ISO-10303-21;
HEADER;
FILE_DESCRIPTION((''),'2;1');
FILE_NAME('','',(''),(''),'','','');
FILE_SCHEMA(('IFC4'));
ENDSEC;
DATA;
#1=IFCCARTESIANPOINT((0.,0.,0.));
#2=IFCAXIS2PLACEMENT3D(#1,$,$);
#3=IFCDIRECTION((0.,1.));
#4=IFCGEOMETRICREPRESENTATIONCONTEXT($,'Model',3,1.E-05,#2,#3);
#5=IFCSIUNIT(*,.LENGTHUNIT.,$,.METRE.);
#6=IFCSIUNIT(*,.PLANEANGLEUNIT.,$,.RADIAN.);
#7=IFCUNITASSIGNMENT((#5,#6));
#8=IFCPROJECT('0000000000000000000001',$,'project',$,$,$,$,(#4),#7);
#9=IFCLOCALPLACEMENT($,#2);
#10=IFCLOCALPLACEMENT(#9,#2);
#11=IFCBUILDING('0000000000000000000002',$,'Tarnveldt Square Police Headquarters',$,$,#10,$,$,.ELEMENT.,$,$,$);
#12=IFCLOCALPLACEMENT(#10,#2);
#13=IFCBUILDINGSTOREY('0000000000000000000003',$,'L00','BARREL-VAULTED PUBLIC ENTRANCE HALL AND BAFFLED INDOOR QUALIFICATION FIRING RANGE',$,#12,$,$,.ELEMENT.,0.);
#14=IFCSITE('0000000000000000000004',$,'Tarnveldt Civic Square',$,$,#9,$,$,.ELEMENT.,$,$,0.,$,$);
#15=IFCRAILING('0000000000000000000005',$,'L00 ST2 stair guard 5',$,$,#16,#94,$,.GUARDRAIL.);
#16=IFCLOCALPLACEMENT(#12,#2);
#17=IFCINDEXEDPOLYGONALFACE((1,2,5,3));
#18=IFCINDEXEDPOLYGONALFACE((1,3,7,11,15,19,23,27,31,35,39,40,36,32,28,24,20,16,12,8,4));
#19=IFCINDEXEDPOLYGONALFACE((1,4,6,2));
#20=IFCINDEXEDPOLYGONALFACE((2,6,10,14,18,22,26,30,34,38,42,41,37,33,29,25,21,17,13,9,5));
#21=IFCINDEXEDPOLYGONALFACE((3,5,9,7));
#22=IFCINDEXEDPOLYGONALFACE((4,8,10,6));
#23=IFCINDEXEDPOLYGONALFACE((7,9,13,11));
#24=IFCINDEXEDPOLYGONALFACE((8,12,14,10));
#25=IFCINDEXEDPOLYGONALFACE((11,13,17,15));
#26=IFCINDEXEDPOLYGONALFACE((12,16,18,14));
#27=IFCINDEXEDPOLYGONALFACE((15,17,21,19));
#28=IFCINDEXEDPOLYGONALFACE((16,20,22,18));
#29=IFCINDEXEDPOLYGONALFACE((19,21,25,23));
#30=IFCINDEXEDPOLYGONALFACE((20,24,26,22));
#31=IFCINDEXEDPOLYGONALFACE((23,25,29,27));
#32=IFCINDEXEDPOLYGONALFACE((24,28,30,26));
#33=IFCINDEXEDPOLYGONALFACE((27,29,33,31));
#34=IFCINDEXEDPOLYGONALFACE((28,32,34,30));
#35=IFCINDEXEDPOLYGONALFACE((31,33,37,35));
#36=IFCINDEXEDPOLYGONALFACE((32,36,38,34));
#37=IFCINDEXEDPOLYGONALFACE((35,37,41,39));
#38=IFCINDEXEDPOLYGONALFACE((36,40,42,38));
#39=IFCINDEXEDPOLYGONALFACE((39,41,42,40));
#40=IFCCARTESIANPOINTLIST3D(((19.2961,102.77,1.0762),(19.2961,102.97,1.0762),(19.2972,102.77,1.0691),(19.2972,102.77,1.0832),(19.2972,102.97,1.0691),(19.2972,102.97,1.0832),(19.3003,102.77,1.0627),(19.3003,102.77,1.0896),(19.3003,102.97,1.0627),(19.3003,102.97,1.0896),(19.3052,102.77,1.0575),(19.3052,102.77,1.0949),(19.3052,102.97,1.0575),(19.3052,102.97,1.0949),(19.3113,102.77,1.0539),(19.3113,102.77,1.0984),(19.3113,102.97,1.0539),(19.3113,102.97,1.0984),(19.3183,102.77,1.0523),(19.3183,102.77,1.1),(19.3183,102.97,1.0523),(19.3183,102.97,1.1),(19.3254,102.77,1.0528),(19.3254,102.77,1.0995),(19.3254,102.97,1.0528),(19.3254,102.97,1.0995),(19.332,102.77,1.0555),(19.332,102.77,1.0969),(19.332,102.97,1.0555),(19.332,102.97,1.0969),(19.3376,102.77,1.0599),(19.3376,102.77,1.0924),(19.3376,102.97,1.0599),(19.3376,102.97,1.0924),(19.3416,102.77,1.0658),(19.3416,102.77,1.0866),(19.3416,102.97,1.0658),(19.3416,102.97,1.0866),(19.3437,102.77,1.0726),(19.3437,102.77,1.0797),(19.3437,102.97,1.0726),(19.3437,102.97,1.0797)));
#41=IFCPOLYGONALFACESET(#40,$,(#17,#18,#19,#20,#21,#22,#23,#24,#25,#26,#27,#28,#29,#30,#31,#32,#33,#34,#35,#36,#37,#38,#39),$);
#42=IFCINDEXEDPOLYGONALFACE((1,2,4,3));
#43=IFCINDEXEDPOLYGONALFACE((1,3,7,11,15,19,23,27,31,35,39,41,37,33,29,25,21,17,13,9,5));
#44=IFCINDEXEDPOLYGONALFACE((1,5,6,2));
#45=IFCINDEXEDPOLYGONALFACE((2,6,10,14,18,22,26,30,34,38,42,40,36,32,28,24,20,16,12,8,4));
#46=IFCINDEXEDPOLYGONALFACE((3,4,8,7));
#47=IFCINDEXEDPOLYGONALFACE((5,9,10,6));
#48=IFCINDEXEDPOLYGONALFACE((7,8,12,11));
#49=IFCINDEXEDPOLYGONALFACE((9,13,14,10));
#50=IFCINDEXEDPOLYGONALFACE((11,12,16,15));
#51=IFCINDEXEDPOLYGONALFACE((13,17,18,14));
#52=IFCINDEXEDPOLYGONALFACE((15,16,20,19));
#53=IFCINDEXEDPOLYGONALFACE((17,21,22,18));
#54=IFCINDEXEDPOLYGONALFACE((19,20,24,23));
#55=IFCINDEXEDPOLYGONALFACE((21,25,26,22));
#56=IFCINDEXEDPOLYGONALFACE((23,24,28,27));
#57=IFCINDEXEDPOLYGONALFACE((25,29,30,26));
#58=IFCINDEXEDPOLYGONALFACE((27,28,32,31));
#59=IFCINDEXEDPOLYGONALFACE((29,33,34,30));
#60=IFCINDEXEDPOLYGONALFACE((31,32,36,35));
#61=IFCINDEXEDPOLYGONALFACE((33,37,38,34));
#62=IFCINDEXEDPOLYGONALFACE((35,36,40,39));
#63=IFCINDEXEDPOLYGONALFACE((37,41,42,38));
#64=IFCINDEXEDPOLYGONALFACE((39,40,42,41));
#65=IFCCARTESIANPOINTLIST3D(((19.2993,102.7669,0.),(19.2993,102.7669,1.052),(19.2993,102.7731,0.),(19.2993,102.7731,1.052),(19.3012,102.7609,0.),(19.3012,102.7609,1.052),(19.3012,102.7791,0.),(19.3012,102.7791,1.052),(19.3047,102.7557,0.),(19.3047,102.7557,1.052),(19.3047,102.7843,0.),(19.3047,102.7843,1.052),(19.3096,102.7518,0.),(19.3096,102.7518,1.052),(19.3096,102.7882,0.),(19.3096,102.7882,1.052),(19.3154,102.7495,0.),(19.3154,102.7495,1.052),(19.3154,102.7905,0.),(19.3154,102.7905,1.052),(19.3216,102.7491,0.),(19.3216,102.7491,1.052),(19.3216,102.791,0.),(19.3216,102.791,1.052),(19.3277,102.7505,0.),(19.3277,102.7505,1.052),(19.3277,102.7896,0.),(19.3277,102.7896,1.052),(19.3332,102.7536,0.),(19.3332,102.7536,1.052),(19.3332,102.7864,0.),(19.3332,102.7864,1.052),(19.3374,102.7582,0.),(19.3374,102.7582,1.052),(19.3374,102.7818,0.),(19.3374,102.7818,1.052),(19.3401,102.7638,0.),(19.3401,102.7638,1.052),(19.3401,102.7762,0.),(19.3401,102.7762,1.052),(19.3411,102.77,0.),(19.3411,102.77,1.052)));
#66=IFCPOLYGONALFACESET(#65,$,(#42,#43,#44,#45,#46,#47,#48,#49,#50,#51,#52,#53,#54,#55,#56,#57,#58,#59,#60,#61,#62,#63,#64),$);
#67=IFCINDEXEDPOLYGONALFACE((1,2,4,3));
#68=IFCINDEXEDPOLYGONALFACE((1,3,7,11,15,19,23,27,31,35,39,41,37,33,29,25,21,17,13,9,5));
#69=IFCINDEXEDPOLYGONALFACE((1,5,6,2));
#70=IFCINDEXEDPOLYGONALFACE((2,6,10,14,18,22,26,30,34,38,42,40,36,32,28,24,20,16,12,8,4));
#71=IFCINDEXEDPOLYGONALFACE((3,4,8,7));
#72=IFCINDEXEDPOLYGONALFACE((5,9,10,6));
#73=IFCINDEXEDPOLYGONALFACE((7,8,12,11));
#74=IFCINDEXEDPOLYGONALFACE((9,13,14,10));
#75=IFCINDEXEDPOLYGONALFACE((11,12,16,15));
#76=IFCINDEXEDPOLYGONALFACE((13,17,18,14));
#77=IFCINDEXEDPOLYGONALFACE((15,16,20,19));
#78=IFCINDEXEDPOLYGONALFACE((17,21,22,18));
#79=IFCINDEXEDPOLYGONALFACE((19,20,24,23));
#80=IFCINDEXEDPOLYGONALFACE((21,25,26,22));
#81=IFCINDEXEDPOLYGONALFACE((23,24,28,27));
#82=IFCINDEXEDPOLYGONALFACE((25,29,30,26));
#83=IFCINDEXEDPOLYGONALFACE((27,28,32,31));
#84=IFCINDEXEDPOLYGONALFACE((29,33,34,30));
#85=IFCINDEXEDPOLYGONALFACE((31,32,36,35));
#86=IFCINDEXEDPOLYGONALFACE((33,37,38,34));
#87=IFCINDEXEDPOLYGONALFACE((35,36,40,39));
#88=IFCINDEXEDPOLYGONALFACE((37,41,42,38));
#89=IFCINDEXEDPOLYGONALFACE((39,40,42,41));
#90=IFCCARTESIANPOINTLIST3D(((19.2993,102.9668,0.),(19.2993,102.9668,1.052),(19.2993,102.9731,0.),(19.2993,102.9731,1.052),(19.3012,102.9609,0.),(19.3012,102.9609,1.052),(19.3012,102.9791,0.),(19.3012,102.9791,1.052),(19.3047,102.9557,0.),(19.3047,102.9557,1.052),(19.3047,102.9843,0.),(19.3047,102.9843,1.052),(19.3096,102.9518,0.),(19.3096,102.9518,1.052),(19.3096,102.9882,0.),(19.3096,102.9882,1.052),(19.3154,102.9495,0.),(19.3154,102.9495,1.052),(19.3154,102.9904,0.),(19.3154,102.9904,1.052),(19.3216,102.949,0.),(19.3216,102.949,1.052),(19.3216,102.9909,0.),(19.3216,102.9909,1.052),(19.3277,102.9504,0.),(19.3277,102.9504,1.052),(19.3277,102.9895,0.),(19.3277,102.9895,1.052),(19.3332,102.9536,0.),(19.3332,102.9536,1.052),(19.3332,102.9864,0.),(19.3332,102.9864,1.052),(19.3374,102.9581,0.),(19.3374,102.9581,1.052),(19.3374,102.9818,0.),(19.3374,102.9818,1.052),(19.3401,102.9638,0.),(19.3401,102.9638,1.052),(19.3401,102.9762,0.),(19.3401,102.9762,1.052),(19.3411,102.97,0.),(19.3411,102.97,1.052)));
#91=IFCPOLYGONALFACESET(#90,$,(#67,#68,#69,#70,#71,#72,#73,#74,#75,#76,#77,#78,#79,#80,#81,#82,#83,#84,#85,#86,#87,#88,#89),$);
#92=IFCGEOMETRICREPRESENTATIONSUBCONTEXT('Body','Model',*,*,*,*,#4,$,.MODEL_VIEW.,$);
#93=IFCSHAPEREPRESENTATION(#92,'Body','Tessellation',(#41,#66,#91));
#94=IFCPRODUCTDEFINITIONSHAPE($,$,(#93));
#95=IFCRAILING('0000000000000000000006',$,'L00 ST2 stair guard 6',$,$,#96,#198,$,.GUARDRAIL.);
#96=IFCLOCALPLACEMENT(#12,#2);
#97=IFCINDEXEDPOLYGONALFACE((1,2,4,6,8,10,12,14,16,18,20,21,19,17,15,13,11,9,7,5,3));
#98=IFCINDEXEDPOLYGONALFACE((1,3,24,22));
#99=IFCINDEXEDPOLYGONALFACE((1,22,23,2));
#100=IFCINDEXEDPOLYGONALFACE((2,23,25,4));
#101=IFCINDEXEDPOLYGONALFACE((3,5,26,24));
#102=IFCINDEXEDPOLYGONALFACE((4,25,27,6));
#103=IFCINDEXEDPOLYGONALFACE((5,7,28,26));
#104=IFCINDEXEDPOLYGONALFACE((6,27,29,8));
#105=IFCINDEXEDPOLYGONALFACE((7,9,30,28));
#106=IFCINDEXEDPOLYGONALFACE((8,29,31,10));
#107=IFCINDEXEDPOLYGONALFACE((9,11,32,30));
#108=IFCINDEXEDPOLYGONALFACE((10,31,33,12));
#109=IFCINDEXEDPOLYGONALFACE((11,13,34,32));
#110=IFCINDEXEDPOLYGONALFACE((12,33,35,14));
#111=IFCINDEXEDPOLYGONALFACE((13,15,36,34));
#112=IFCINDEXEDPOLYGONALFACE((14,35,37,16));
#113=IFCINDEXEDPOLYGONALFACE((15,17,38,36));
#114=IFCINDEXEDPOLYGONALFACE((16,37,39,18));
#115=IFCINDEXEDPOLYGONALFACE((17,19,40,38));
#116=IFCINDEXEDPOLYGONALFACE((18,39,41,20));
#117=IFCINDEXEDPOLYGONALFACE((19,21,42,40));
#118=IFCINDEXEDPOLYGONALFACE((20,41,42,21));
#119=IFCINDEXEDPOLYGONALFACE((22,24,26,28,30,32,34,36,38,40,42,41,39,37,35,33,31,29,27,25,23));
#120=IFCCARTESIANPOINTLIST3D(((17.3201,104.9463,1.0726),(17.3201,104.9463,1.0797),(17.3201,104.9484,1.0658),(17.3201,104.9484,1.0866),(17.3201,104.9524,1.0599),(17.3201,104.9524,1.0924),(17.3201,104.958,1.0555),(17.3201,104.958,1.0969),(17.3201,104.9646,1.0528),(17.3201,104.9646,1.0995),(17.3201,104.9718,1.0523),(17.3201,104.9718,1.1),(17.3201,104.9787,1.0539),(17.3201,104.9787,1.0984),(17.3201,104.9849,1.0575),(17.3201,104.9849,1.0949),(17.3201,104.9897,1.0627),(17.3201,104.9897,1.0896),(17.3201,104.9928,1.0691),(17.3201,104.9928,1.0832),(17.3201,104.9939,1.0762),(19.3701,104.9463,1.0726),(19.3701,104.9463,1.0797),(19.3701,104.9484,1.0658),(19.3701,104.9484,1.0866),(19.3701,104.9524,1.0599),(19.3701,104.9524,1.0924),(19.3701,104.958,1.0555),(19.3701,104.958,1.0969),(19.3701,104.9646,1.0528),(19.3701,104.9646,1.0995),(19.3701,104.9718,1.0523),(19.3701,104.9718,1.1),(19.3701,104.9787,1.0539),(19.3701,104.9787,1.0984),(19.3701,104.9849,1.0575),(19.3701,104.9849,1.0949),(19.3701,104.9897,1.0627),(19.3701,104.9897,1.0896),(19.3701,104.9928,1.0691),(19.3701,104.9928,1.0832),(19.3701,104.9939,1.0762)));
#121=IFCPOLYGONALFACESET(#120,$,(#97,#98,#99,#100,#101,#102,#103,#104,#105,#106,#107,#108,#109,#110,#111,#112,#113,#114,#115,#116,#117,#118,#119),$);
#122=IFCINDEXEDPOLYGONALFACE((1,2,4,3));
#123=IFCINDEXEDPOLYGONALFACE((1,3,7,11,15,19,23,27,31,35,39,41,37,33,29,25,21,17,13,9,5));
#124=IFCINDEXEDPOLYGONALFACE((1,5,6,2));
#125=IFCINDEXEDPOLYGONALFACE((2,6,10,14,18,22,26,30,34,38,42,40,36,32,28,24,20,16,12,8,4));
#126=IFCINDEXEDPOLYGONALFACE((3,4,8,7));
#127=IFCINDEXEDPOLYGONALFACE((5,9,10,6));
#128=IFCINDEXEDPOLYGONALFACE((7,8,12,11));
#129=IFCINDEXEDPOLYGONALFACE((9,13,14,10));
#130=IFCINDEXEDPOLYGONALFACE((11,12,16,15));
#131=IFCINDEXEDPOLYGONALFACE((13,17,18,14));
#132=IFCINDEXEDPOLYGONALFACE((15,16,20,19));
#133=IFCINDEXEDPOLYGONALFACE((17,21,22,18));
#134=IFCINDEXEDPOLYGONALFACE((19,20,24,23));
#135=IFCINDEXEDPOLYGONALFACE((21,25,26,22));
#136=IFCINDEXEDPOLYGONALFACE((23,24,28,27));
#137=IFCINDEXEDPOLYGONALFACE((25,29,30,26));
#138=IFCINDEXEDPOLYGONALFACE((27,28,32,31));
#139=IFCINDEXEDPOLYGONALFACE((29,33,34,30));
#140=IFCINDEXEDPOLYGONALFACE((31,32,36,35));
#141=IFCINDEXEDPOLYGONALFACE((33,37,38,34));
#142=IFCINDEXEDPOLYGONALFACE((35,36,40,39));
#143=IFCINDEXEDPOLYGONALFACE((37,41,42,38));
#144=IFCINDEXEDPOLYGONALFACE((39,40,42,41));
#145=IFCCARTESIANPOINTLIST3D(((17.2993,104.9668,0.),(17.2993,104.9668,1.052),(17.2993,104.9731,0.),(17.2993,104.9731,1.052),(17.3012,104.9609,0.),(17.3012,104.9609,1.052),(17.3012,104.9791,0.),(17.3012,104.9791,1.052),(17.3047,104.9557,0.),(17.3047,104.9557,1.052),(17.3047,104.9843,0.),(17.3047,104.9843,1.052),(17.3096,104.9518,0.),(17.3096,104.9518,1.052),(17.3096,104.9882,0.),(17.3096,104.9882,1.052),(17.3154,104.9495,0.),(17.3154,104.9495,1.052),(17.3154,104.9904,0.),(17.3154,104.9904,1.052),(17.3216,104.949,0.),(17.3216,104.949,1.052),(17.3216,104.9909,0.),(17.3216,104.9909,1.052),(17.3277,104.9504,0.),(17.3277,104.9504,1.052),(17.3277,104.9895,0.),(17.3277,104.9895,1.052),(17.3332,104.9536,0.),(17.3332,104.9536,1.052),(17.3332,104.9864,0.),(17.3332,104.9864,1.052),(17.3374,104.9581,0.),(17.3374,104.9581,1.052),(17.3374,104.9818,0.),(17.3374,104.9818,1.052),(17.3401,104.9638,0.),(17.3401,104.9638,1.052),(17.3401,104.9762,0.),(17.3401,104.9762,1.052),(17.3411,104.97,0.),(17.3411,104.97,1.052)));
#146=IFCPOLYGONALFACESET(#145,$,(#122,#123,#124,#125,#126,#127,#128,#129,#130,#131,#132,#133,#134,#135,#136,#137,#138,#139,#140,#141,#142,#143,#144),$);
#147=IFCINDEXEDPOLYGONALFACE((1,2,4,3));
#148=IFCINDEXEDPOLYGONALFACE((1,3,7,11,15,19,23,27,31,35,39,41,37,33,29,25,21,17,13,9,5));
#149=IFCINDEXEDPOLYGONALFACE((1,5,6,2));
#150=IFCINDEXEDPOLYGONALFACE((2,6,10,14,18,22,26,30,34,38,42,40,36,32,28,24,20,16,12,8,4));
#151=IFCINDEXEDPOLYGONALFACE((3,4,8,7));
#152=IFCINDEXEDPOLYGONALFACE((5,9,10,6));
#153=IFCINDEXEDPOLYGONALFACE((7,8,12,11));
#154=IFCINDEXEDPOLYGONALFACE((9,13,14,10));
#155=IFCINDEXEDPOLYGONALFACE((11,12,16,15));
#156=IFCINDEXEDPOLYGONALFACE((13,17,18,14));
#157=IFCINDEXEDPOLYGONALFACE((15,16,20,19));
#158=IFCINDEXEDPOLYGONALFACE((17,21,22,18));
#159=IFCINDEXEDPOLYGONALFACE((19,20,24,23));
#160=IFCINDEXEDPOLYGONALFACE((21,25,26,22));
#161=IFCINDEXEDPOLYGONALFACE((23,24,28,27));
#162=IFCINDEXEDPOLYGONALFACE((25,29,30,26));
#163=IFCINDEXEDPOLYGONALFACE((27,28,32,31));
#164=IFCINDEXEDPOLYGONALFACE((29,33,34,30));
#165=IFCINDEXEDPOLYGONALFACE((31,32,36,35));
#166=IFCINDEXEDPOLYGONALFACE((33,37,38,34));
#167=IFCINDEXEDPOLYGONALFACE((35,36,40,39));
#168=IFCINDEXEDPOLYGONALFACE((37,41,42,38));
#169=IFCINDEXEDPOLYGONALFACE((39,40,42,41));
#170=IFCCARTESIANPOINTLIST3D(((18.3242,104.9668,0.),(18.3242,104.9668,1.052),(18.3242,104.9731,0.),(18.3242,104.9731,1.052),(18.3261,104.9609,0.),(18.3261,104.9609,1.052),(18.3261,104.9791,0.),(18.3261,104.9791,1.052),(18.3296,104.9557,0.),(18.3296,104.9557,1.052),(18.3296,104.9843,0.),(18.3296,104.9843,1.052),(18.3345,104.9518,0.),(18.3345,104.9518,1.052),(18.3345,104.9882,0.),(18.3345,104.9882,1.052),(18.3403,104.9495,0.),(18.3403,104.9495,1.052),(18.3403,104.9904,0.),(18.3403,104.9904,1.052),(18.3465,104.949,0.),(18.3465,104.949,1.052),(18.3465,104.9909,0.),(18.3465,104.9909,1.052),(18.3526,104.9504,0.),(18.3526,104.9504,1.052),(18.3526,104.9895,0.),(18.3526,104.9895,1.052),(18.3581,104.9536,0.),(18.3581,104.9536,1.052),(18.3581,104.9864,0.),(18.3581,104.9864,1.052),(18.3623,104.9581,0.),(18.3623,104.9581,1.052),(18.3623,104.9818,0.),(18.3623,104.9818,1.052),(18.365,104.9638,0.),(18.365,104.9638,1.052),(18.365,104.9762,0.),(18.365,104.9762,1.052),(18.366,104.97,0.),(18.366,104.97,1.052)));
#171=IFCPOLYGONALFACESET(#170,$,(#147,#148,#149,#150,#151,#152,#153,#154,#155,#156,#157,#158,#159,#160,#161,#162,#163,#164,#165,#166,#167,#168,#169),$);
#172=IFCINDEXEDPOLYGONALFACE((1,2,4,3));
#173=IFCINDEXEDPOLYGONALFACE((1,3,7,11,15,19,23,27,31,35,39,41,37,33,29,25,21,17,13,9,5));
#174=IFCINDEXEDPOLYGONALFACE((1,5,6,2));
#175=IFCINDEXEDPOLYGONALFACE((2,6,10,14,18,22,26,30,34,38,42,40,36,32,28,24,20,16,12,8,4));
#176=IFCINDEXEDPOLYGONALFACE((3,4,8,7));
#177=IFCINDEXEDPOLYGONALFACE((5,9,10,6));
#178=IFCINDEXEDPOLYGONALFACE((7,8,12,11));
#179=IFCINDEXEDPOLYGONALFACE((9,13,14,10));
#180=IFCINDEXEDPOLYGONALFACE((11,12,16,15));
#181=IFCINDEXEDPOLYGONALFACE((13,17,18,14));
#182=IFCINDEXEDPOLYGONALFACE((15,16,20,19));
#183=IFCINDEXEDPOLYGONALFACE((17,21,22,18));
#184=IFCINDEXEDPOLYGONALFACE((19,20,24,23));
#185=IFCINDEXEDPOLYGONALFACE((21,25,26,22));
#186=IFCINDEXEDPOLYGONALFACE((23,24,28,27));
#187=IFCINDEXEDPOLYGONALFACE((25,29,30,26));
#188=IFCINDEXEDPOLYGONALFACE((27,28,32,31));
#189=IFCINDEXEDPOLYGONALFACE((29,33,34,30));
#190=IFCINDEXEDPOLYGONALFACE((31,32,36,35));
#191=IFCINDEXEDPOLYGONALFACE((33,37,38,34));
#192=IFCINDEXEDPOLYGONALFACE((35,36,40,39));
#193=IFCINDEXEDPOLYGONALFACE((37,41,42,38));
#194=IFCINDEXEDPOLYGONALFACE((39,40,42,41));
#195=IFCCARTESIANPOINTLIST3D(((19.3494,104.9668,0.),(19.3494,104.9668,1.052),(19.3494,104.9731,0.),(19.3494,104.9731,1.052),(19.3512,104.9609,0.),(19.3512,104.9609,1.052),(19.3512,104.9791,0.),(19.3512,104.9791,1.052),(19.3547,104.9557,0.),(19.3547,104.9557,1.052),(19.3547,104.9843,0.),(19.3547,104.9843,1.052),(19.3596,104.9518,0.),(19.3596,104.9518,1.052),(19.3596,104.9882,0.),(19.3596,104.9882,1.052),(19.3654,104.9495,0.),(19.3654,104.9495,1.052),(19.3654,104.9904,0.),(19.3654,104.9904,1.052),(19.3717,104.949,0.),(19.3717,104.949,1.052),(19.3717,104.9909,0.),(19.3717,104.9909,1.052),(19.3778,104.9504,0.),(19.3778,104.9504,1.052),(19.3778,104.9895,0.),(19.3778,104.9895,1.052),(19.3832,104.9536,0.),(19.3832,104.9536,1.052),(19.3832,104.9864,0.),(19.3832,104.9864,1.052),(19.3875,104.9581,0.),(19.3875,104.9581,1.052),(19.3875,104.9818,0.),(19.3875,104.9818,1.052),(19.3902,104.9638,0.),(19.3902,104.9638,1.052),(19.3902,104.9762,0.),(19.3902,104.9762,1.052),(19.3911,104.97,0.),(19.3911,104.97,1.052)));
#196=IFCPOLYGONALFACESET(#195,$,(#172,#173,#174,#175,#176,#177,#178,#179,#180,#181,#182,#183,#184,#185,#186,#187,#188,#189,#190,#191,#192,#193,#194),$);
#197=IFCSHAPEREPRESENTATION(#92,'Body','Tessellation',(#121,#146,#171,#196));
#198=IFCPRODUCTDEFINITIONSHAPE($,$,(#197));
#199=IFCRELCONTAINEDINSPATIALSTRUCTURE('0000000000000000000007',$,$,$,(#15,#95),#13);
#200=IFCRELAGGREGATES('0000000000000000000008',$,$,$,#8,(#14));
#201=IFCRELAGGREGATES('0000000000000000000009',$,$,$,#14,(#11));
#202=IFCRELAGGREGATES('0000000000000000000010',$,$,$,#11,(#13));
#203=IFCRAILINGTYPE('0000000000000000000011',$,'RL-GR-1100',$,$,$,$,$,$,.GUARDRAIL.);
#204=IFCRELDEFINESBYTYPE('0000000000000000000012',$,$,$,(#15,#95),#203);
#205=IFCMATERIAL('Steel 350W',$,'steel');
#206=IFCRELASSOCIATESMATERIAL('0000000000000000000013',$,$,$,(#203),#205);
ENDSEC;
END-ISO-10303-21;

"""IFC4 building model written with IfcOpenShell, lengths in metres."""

from ifc_helpers import new_model, si_unit, direction, frame, origin, origin_2d, place, context, subcontext, project, spatial, circle, extrude, material, type_object, element, save


model = new_model("IFC4")

# Units and contexts
model_context = context("Model", 3, precision=1e-05, world=origin(), true_north=direction((0.0, 1.0)))
body_context = subcontext(model_context, "Body", "Model", "MODEL_VIEW")
ifc_project = project(units=[si_unit("LENGTHUNIT", "METRE"), si_unit("PLANEANGLEUNIT", "RADIAN")], contexts=[model_context])

# Site, building, storey
site_placement = place(None, origin())
site = spatial("IfcSite", under=ifc_project, at=site_placement, Name="Tarnveldt Civic Square", CompositionType="ELEMENT", RefElevation=0.0)
building_placement = place(site_placement, origin())
building = spatial("IfcBuilding", under=site, at=building_placement, Name="Tarnveldt Square Police Headquarters", CompositionType="ELEMENT")
storey_placement = place(building_placement, origin())
storey = spatial("IfcBuildingStorey", under=building, at=storey_placement, Name="L00", Description="BARREL-VAULTED PUBLIC ENTRANCE HALL AND BAFFLED INDOOR QUALIFICATION FIRING RANGE", CompositionType="ELEMENT", Elevation=0.0)

# Shared definitions
ifc_material_1 = material(Name="Steel 350W", Category="steel")

# Railings
railing_type_1 = type_object("IfcRailingType", Name="RL-GR-1100", PredefinedType="GUARDRAIL", material=ifc_material_1)
railing_1_placement = place(storey_placement, frame((19.3201, 102.77, 0.0)))
element("IfcRailing", 1, at=railing_1_placement, inside=storey, type_object=railing_type_1, Name="L00 ST2 stair guard 5", PredefinedType="GUARDRAIL", context=body_context, shape_type="SweptSolid", body=[
    extrude(circle(Radius=0.0239, at=origin_2d()), frame((0.0, 0.0, 1.0762), z_axis=(0.0, 1.0, 0.0), x_axis=(-1.0, 0.0, 0.0)), (0.0, 0.0, 1.0), 0.2),
    extrude(circle(Radius=0.021, at=origin_2d()), origin(), (0.0, 0.0, 1.0), 1.052),
    extrude(circle(Radius=0.021, at=origin_2d()), frame((0.0, 0.2, 0.0)), (0.0, 0.0, 1.0), 1.052),
])
railing_2_placement = place(storey_placement, frame((17.3201, 104.97, 0.0)))
element("IfcRailing", 2, at=railing_2_placement, inside=storey, type_object=railing_type_1, Name="L00 ST2 stair guard 6", PredefinedType="GUARDRAIL", context=body_context, shape_type="SweptSolid", body=[
    extrude(circle(Radius=0.0239, at=origin_2d()), frame((0.0, 0.0, 1.0762), z_axis=(1.0, 0.0, 0.0), x_axis=(0.0, 1.0, 0.0)), (0.0, 0.0, 1.0), 2.05),
    extrude(circle(Radius=0.021, at=origin_2d()), origin(), (0.0, 0.0, 1.0), 1.052),
    extrude(circle(Radius=0.021, at=origin_2d()), frame((1.0249, 0.0, 0.0)), (0.0, 0.0, 1.0), 1.052),
    extrude(circle(Radius=0.021, at=origin_2d()), frame((2.05, 0.0, 0.0)), (0.0, 0.0, 1.0), 1.052),
])

save(model, "model.ifc")
